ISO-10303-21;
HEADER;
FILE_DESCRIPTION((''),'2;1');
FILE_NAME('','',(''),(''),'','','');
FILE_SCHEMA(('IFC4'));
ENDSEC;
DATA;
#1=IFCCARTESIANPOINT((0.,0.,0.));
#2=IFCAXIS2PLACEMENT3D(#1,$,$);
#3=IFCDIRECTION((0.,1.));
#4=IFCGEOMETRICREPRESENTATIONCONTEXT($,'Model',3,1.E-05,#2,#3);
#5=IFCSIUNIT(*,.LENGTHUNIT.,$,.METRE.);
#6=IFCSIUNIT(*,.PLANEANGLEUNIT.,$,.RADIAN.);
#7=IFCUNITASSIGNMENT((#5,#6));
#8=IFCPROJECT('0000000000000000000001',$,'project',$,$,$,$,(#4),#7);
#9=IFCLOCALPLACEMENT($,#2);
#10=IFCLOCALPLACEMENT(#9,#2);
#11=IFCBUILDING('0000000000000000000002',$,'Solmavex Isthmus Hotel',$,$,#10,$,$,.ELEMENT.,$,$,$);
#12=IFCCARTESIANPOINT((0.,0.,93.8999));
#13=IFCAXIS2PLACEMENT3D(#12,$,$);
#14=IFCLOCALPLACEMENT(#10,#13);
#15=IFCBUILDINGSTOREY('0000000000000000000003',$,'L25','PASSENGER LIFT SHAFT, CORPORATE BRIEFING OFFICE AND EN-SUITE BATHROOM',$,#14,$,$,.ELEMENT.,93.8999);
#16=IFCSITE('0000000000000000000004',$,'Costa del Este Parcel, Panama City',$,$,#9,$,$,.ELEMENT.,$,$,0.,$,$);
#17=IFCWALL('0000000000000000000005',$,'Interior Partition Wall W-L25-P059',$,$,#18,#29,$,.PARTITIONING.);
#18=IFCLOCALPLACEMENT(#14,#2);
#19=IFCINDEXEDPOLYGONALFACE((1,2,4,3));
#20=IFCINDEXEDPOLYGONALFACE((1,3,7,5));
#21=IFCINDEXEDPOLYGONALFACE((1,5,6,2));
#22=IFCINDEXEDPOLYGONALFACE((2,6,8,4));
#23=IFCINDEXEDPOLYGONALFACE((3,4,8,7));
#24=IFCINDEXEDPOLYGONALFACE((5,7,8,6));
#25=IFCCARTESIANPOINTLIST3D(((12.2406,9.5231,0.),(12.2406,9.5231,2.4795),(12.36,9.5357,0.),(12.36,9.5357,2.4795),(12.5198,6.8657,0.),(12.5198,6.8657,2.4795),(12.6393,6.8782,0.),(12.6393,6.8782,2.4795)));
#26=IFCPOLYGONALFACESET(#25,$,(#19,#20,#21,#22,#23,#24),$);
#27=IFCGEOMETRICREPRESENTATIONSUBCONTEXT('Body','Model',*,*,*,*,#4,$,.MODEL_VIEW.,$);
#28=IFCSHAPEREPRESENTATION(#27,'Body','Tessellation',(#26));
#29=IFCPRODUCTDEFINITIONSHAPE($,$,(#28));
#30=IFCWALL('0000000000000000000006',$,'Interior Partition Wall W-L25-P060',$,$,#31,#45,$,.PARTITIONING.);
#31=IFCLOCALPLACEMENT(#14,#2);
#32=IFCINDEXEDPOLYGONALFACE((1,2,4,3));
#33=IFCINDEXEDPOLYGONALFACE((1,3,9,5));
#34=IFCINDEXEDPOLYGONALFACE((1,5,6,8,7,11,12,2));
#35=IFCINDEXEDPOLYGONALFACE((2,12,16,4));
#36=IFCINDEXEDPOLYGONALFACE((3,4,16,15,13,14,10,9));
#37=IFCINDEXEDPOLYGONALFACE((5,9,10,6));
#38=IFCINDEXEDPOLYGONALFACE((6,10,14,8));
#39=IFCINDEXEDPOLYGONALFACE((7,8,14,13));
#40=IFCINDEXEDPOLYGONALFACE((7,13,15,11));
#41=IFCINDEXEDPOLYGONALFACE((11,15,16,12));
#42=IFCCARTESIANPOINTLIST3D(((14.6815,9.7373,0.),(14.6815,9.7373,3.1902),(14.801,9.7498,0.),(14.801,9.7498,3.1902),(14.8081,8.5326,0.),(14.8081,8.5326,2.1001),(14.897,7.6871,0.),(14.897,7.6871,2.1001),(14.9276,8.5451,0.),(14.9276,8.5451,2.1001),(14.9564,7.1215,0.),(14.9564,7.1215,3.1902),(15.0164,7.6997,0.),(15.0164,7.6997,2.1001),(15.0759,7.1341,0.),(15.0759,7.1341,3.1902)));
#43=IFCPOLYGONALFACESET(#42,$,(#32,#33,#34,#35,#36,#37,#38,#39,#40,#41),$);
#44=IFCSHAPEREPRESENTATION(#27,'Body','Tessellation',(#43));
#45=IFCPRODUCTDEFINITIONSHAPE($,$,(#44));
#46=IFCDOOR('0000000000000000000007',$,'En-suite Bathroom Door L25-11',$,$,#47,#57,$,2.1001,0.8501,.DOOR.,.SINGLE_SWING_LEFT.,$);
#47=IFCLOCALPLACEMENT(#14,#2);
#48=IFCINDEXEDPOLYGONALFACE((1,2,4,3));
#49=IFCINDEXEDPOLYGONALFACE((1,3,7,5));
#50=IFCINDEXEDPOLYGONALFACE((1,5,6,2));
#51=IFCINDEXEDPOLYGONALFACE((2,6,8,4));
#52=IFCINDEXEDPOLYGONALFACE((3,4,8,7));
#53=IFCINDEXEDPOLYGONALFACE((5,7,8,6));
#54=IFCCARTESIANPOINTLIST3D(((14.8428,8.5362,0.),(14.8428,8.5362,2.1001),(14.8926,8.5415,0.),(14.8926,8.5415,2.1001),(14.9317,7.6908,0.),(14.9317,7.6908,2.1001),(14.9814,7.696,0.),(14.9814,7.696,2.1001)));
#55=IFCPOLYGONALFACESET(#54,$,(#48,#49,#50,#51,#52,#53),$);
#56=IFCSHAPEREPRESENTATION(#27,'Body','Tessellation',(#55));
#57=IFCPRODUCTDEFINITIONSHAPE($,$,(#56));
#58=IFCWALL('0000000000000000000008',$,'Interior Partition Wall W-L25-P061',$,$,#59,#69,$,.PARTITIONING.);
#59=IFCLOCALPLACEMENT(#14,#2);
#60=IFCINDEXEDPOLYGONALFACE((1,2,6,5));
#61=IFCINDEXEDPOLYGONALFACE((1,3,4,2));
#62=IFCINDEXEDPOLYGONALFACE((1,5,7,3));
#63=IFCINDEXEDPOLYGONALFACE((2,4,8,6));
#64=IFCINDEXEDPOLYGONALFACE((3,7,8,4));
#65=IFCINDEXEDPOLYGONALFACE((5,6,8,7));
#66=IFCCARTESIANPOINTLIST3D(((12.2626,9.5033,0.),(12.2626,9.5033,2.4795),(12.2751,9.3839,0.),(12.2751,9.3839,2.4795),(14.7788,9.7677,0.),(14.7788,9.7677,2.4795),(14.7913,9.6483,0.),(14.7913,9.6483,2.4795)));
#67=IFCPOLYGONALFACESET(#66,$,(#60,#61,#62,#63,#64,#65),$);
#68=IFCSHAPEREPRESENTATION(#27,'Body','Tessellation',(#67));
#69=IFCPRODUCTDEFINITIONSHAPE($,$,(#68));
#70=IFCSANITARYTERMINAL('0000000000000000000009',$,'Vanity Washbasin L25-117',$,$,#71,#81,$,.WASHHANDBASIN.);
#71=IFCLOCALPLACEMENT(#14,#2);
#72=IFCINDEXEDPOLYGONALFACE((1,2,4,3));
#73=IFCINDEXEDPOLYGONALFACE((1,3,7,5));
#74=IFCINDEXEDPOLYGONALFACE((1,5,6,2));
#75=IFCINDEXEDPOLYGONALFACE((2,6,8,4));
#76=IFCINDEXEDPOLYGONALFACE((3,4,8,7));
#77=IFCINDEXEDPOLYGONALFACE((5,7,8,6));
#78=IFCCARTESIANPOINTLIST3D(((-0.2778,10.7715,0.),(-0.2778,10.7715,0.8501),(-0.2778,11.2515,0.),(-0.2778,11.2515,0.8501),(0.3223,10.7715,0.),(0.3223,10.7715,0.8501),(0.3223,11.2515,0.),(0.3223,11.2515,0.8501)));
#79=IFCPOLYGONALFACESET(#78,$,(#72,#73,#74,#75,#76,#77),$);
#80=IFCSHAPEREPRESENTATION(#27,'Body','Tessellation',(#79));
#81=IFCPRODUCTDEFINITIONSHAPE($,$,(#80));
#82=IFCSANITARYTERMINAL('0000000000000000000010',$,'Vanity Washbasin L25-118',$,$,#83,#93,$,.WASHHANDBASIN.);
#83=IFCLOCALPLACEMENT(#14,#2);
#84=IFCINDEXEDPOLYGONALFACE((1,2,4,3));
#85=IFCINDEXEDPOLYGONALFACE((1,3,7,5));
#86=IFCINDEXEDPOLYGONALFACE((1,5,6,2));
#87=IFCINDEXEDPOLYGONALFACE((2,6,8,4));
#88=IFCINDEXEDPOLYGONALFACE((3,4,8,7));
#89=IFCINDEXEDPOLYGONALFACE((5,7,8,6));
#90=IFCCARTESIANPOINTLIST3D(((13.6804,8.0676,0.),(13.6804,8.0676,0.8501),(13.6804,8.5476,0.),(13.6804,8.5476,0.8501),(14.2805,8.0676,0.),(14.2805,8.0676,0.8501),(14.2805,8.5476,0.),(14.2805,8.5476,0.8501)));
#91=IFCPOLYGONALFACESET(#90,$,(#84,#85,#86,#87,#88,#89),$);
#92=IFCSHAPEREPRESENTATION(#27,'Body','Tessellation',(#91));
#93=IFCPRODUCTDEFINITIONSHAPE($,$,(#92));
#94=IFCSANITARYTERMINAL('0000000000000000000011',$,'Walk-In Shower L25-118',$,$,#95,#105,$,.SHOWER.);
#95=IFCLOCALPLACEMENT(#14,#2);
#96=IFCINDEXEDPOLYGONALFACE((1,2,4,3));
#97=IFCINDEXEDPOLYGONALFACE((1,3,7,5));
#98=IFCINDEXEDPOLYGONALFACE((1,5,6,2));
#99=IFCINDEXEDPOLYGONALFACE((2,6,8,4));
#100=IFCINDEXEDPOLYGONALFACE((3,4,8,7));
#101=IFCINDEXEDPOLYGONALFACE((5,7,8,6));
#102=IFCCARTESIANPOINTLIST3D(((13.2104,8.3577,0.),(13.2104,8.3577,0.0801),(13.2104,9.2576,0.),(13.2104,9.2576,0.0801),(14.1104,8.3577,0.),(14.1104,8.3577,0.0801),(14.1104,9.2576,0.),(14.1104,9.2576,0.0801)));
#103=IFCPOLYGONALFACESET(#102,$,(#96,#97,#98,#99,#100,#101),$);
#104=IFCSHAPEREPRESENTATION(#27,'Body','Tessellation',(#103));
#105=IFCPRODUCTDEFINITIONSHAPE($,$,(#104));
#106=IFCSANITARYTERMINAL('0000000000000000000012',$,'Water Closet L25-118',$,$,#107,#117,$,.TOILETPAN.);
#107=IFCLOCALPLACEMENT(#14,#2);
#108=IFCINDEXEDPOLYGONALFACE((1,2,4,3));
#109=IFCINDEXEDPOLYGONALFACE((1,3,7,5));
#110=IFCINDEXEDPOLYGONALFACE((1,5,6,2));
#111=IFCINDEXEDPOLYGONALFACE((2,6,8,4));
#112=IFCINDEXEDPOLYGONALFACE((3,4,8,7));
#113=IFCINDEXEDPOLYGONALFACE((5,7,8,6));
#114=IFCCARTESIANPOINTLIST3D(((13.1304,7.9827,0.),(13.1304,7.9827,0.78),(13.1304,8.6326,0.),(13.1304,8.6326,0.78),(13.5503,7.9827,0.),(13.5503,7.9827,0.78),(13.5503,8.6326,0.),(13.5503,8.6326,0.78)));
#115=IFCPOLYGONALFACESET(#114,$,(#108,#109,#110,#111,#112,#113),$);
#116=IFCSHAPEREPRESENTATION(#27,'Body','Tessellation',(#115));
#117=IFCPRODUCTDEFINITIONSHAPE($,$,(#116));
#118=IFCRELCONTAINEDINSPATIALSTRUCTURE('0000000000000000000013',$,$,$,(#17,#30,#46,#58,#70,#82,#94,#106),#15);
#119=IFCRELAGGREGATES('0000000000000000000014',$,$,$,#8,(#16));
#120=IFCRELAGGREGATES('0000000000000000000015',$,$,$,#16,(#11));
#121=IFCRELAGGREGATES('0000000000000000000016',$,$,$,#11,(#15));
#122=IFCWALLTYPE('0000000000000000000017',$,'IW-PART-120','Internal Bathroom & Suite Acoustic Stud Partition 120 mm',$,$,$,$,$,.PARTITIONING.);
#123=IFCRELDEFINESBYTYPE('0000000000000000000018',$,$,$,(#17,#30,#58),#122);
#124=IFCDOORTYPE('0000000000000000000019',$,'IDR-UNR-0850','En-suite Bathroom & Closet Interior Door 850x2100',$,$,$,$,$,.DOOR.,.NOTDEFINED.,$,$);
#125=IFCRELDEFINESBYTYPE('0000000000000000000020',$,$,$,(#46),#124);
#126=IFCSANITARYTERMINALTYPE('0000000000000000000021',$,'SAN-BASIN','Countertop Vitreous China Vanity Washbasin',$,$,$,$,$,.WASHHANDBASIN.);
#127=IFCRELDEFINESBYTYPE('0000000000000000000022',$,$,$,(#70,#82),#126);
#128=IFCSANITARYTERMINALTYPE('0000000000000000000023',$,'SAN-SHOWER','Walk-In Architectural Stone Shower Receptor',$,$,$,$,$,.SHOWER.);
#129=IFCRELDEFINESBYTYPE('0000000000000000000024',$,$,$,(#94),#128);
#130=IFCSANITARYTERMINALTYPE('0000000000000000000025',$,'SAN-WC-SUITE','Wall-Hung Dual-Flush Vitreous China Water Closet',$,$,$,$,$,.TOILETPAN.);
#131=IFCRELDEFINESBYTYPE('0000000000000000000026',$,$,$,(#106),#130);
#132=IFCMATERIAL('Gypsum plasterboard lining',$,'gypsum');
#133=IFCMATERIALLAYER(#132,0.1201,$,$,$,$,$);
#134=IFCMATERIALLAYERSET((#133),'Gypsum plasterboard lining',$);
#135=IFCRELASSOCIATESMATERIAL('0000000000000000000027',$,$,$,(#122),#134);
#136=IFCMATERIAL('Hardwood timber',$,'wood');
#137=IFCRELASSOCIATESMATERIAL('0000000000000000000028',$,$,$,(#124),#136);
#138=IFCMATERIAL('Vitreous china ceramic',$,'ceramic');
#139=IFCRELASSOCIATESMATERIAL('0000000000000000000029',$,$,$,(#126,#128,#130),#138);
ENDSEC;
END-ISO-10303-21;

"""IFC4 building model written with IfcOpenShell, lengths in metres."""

from ifc_helpers import new_model, si_unit, direction, frame, frame_2d, origin, origin_2d, place, context, subcontext, project, spatial, rectangle, extrude, material, layer, layer_set, type_object, element, fill, save


model = new_model("IFC4")

# Units and contexts
model_context = context("Model", 3, precision=1e-05, world=origin(), true_north=direction((0.0, 1.0)))
body_context = subcontext(model_context, "Body", "Model", "MODEL_VIEW")
ifc_project = project(units=[si_unit("LENGTHUNIT", "METRE"), si_unit("PLANEANGLEUNIT", "RADIAN")], contexts=[model_context])

# Site, building, storey
site_placement = place(None, origin())
site = spatial("IfcSite", under=ifc_project, at=site_placement, Name="Costa del Este Parcel, Panama City", CompositionType="ELEMENT", RefElevation=0.0)
building_placement = place(site_placement, origin())
building = spatial("IfcBuilding", under=site, at=building_placement, Name="Solmavex Isthmus Hotel", CompositionType="ELEMENT")
storey_placement = place(building_placement, frame((0.0, 0.0, 93.8999)))
storey = spatial("IfcBuildingStorey", under=building, at=storey_placement, Name="L25", Description="PASSENGER LIFT SHAFT, CORPORATE BRIEFING OFFICE AND EN-SUITE BATHROOM", CompositionType="ELEMENT", Elevation=93.8999)

# Shared definitions
ifc_material_1 = material(Name="Gypsum plasterboard lining", Category="gypsum")
ifc_material_2 = material(Name="Hardwood timber", Category="wood")

# Shared definitions
ifc_layer_1 = layer(ifc_material_1, 0.1201)
ifc_layer_set_1 = layer_set([ifc_layer_1], Name="Gypsum plasterboard lining")
wall_type_1 = type_object("IfcWallType", Name="IW-PART-120", Description="Internal Bathroom & Suite Acoustic Stud Partition 120 mm", PredefinedType="PARTITIONING", material=ifc_layer_set_1)

# Shared definitions
door_type_1 = type_object("IfcDoorType", Name="IDR-UNR-0850", Description="En-suite Bathroom & Closet Interior Door 850x2100", OperationType="NOTDEFINED", PredefinedType="DOOR", material=ifc_material_2)

# Wall
wall_1_placement = place(storey_placement, frame((12.3003, 9.5293, 0.0), z_axis=(0.0, 0.0, 1.0), x_axis=(0.104523, -0.994522, 0.0)))
element("IfcWall", 1, at=wall_1_placement, inside=storey, type_object=wall_type_1, Name="Interior Partition Wall W-L25-P059", PredefinedType="PARTITIONING", context=body_context, shape_type="SweptSolid", body=[
    extrude(rectangle(XDim=2.6721, YDim=0.1201, at=frame_2d((1.3359, 0.0))), origin(), (0.0, 0.0, 1.0), 2.4795),
])

# Wall, opening, door
wall_2_placement = place(storey_placement, frame((15.0161, 7.1279, 0.0), z_axis=(0.0, 0.0, 1.0), x_axis=(-0.10452, 0.994523, 0.0)))
wall_2 = element("IfcWall", 2, at=wall_2_placement, inside=storey, type_object=wall_type_1, Name="Interior Partition Wall W-L25-P060", PredefinedType="PARTITIONING", context=body_context, shape_type="SweptSolid", body=[
    extrude(rectangle(XDim=2.6301, YDim=0.1201, at=frame_2d((1.3149, 0.0))), origin(), (0.0, 0.0, 1.0), 3.1902),
])
opening_1_placement = place(wall_2_placement, frame((0.5686, 0.0, 0.0)))
opening_1 = element("IfcOpeningElement", 3, at=opening_1_placement, cuts=wall_2, PredefinedType="OPENING", context=body_context, shape_type="SweptSolid", body=[
    extrude(rectangle(XDim=0.8501, YDim=2.1001, at=frame_2d((0.425, 1.05))), frame((0.0, 0.0701, 0.0), z_axis=(0.0, -1.0, 0.0), x_axis=(1.0, 0.0, 0.0)), (0.0, 0.0, 1.0), 0.1401),
])
door_1_placement = place(opening_1_placement, frame((0.8501, 0.0, 0.0), z_axis=(0.0, 0.0, 1.0), x_axis=(-1.0, 0.0, 0.0)))
door_1 = element("IfcDoor", 4, at=door_1_placement, inside=storey, type_object=door_type_1, Name="En-suite Bathroom Door L25-11", OperationType="SINGLE_SWING_LEFT", OverallHeight=2.1001, OverallWidth=0.8501, PredefinedType="DOOR", context=body_context, shape_type="SweptSolid", body=[
    extrude(rectangle(XDim=0.8501, YDim=2.1001, at=frame_2d((0.425, 1.05))), frame((0.0, 0.0249, 0.0), z_axis=(0.0, -1.0, 0.0), x_axis=(1.0, 0.0, 0.0)), (0.0, 0.0, 1.0), 0.05),
])
fill(opening_1, door_1)

# Wall
wall_3_placement = place(storey_placement, frame((14.7852, 9.708, 0.0), z_axis=(0.0, 0.0, 1.0), x_axis=(-0.994524, -0.104509, 0.0)))
element("IfcWall", 5, at=wall_3_placement, inside=storey, type_object=wall_type_1, Name="Interior Partition Wall W-L25-P061", PredefinedType="PARTITIONING", context=body_context, shape_type="SweptSolid", body=[
    extrude(rectangle(XDim=2.53, YDim=0.1201, at=frame_2d((1.2651, 0.0))), origin(), (0.0, 0.0, 1.0), 2.4795),
])

# Sanitary terminals
ifc_material_3 = material(Name="Vitreous china ceramic", Category="ceramic")
sanitary_terminal_type_1 = type_object("IfcSanitaryTerminalType", Name="SAN-BASIN", Description="Countertop Vitreous China Vanity Washbasin", PredefinedType="WASHHANDBASIN", material=ifc_material_3)
for number, where, z_axis, x_axis, name in (
    (6, (0.0222, 11.0115, 0.0), (0.0, 0.0, 1.0), (1.0, 0.0, 0.0), "Vanity Washbasin L25-117"),
    (7, (13.9805, 8.3076, 0.0), (0.0, 0.0, 1.0), (1.0, 0.0, 0.0), "Vanity Washbasin L25-118"),
):
    element("IfcSanitaryTerminal", number, at=place(storey_placement, frame(where, z_axis=z_axis, x_axis=x_axis)), inside=storey, type_object=sanitary_terminal_type_1, Name=name, PredefinedType="WASHHANDBASIN", context=body_context, shape_type="SweptSolid", body=[
        extrude(rectangle(XDim=0.6001, YDim=0.48, at=origin_2d()), origin(), (0.0, 0.0, 1.0), 0.8501),
    ])
sanitary_terminal_type_2 = type_object("IfcSanitaryTerminalType", Name="SAN-SHOWER", Description="Walk-In Architectural Stone Shower Receptor", PredefinedType="SHOWER", material=ifc_material_3)
sanitary_terminal_1_placement = place(storey_placement, frame((13.6604, 8.8076, 0.0), z_axis=(0.0, 0.0, 1.0), x_axis=(1.0, 0.0, 0.0)))
element("IfcSanitaryTerminal", 8, at=sanitary_terminal_1_placement, inside=storey, type_object=sanitary_terminal_type_2, Name="Walk-In Shower L25-118", PredefinedType="SHOWER", context=body_context, shape_type="SweptSolid", body=[
    extrude(rectangle(XDim=0.8999, YDim=0.8999, at=origin_2d()), origin(), (0.0, 0.0, 1.0), 0.0801),
])
sanitary_terminal_type_3 = type_object("IfcSanitaryTerminalType", Name="SAN-WC-SUITE", Description="Wall-Hung Dual-Flush Vitreous China Water Closet", PredefinedType="TOILETPAN", material=ifc_material_3)
sanitary_terminal_2_placement = place(storey_placement, frame((13.3403, 8.3076, 0.0), z_axis=(0.0, 0.0, 1.0), x_axis=(1.0, 0.0, 0.0)))
element("IfcSanitaryTerminal", 9, at=sanitary_terminal_2_placement, inside=storey, type_object=sanitary_terminal_type_3, Name="Water Closet L25-118", PredefinedType="TOILETPAN", context=body_context, shape_type="SweptSolid", body=[
    extrude(rectangle(XDim=0.4199, YDim=0.6499, at=origin_2d()), origin(), (0.0, 0.0, 1.0), 0.78),
])

save(model, "model.ifc")
